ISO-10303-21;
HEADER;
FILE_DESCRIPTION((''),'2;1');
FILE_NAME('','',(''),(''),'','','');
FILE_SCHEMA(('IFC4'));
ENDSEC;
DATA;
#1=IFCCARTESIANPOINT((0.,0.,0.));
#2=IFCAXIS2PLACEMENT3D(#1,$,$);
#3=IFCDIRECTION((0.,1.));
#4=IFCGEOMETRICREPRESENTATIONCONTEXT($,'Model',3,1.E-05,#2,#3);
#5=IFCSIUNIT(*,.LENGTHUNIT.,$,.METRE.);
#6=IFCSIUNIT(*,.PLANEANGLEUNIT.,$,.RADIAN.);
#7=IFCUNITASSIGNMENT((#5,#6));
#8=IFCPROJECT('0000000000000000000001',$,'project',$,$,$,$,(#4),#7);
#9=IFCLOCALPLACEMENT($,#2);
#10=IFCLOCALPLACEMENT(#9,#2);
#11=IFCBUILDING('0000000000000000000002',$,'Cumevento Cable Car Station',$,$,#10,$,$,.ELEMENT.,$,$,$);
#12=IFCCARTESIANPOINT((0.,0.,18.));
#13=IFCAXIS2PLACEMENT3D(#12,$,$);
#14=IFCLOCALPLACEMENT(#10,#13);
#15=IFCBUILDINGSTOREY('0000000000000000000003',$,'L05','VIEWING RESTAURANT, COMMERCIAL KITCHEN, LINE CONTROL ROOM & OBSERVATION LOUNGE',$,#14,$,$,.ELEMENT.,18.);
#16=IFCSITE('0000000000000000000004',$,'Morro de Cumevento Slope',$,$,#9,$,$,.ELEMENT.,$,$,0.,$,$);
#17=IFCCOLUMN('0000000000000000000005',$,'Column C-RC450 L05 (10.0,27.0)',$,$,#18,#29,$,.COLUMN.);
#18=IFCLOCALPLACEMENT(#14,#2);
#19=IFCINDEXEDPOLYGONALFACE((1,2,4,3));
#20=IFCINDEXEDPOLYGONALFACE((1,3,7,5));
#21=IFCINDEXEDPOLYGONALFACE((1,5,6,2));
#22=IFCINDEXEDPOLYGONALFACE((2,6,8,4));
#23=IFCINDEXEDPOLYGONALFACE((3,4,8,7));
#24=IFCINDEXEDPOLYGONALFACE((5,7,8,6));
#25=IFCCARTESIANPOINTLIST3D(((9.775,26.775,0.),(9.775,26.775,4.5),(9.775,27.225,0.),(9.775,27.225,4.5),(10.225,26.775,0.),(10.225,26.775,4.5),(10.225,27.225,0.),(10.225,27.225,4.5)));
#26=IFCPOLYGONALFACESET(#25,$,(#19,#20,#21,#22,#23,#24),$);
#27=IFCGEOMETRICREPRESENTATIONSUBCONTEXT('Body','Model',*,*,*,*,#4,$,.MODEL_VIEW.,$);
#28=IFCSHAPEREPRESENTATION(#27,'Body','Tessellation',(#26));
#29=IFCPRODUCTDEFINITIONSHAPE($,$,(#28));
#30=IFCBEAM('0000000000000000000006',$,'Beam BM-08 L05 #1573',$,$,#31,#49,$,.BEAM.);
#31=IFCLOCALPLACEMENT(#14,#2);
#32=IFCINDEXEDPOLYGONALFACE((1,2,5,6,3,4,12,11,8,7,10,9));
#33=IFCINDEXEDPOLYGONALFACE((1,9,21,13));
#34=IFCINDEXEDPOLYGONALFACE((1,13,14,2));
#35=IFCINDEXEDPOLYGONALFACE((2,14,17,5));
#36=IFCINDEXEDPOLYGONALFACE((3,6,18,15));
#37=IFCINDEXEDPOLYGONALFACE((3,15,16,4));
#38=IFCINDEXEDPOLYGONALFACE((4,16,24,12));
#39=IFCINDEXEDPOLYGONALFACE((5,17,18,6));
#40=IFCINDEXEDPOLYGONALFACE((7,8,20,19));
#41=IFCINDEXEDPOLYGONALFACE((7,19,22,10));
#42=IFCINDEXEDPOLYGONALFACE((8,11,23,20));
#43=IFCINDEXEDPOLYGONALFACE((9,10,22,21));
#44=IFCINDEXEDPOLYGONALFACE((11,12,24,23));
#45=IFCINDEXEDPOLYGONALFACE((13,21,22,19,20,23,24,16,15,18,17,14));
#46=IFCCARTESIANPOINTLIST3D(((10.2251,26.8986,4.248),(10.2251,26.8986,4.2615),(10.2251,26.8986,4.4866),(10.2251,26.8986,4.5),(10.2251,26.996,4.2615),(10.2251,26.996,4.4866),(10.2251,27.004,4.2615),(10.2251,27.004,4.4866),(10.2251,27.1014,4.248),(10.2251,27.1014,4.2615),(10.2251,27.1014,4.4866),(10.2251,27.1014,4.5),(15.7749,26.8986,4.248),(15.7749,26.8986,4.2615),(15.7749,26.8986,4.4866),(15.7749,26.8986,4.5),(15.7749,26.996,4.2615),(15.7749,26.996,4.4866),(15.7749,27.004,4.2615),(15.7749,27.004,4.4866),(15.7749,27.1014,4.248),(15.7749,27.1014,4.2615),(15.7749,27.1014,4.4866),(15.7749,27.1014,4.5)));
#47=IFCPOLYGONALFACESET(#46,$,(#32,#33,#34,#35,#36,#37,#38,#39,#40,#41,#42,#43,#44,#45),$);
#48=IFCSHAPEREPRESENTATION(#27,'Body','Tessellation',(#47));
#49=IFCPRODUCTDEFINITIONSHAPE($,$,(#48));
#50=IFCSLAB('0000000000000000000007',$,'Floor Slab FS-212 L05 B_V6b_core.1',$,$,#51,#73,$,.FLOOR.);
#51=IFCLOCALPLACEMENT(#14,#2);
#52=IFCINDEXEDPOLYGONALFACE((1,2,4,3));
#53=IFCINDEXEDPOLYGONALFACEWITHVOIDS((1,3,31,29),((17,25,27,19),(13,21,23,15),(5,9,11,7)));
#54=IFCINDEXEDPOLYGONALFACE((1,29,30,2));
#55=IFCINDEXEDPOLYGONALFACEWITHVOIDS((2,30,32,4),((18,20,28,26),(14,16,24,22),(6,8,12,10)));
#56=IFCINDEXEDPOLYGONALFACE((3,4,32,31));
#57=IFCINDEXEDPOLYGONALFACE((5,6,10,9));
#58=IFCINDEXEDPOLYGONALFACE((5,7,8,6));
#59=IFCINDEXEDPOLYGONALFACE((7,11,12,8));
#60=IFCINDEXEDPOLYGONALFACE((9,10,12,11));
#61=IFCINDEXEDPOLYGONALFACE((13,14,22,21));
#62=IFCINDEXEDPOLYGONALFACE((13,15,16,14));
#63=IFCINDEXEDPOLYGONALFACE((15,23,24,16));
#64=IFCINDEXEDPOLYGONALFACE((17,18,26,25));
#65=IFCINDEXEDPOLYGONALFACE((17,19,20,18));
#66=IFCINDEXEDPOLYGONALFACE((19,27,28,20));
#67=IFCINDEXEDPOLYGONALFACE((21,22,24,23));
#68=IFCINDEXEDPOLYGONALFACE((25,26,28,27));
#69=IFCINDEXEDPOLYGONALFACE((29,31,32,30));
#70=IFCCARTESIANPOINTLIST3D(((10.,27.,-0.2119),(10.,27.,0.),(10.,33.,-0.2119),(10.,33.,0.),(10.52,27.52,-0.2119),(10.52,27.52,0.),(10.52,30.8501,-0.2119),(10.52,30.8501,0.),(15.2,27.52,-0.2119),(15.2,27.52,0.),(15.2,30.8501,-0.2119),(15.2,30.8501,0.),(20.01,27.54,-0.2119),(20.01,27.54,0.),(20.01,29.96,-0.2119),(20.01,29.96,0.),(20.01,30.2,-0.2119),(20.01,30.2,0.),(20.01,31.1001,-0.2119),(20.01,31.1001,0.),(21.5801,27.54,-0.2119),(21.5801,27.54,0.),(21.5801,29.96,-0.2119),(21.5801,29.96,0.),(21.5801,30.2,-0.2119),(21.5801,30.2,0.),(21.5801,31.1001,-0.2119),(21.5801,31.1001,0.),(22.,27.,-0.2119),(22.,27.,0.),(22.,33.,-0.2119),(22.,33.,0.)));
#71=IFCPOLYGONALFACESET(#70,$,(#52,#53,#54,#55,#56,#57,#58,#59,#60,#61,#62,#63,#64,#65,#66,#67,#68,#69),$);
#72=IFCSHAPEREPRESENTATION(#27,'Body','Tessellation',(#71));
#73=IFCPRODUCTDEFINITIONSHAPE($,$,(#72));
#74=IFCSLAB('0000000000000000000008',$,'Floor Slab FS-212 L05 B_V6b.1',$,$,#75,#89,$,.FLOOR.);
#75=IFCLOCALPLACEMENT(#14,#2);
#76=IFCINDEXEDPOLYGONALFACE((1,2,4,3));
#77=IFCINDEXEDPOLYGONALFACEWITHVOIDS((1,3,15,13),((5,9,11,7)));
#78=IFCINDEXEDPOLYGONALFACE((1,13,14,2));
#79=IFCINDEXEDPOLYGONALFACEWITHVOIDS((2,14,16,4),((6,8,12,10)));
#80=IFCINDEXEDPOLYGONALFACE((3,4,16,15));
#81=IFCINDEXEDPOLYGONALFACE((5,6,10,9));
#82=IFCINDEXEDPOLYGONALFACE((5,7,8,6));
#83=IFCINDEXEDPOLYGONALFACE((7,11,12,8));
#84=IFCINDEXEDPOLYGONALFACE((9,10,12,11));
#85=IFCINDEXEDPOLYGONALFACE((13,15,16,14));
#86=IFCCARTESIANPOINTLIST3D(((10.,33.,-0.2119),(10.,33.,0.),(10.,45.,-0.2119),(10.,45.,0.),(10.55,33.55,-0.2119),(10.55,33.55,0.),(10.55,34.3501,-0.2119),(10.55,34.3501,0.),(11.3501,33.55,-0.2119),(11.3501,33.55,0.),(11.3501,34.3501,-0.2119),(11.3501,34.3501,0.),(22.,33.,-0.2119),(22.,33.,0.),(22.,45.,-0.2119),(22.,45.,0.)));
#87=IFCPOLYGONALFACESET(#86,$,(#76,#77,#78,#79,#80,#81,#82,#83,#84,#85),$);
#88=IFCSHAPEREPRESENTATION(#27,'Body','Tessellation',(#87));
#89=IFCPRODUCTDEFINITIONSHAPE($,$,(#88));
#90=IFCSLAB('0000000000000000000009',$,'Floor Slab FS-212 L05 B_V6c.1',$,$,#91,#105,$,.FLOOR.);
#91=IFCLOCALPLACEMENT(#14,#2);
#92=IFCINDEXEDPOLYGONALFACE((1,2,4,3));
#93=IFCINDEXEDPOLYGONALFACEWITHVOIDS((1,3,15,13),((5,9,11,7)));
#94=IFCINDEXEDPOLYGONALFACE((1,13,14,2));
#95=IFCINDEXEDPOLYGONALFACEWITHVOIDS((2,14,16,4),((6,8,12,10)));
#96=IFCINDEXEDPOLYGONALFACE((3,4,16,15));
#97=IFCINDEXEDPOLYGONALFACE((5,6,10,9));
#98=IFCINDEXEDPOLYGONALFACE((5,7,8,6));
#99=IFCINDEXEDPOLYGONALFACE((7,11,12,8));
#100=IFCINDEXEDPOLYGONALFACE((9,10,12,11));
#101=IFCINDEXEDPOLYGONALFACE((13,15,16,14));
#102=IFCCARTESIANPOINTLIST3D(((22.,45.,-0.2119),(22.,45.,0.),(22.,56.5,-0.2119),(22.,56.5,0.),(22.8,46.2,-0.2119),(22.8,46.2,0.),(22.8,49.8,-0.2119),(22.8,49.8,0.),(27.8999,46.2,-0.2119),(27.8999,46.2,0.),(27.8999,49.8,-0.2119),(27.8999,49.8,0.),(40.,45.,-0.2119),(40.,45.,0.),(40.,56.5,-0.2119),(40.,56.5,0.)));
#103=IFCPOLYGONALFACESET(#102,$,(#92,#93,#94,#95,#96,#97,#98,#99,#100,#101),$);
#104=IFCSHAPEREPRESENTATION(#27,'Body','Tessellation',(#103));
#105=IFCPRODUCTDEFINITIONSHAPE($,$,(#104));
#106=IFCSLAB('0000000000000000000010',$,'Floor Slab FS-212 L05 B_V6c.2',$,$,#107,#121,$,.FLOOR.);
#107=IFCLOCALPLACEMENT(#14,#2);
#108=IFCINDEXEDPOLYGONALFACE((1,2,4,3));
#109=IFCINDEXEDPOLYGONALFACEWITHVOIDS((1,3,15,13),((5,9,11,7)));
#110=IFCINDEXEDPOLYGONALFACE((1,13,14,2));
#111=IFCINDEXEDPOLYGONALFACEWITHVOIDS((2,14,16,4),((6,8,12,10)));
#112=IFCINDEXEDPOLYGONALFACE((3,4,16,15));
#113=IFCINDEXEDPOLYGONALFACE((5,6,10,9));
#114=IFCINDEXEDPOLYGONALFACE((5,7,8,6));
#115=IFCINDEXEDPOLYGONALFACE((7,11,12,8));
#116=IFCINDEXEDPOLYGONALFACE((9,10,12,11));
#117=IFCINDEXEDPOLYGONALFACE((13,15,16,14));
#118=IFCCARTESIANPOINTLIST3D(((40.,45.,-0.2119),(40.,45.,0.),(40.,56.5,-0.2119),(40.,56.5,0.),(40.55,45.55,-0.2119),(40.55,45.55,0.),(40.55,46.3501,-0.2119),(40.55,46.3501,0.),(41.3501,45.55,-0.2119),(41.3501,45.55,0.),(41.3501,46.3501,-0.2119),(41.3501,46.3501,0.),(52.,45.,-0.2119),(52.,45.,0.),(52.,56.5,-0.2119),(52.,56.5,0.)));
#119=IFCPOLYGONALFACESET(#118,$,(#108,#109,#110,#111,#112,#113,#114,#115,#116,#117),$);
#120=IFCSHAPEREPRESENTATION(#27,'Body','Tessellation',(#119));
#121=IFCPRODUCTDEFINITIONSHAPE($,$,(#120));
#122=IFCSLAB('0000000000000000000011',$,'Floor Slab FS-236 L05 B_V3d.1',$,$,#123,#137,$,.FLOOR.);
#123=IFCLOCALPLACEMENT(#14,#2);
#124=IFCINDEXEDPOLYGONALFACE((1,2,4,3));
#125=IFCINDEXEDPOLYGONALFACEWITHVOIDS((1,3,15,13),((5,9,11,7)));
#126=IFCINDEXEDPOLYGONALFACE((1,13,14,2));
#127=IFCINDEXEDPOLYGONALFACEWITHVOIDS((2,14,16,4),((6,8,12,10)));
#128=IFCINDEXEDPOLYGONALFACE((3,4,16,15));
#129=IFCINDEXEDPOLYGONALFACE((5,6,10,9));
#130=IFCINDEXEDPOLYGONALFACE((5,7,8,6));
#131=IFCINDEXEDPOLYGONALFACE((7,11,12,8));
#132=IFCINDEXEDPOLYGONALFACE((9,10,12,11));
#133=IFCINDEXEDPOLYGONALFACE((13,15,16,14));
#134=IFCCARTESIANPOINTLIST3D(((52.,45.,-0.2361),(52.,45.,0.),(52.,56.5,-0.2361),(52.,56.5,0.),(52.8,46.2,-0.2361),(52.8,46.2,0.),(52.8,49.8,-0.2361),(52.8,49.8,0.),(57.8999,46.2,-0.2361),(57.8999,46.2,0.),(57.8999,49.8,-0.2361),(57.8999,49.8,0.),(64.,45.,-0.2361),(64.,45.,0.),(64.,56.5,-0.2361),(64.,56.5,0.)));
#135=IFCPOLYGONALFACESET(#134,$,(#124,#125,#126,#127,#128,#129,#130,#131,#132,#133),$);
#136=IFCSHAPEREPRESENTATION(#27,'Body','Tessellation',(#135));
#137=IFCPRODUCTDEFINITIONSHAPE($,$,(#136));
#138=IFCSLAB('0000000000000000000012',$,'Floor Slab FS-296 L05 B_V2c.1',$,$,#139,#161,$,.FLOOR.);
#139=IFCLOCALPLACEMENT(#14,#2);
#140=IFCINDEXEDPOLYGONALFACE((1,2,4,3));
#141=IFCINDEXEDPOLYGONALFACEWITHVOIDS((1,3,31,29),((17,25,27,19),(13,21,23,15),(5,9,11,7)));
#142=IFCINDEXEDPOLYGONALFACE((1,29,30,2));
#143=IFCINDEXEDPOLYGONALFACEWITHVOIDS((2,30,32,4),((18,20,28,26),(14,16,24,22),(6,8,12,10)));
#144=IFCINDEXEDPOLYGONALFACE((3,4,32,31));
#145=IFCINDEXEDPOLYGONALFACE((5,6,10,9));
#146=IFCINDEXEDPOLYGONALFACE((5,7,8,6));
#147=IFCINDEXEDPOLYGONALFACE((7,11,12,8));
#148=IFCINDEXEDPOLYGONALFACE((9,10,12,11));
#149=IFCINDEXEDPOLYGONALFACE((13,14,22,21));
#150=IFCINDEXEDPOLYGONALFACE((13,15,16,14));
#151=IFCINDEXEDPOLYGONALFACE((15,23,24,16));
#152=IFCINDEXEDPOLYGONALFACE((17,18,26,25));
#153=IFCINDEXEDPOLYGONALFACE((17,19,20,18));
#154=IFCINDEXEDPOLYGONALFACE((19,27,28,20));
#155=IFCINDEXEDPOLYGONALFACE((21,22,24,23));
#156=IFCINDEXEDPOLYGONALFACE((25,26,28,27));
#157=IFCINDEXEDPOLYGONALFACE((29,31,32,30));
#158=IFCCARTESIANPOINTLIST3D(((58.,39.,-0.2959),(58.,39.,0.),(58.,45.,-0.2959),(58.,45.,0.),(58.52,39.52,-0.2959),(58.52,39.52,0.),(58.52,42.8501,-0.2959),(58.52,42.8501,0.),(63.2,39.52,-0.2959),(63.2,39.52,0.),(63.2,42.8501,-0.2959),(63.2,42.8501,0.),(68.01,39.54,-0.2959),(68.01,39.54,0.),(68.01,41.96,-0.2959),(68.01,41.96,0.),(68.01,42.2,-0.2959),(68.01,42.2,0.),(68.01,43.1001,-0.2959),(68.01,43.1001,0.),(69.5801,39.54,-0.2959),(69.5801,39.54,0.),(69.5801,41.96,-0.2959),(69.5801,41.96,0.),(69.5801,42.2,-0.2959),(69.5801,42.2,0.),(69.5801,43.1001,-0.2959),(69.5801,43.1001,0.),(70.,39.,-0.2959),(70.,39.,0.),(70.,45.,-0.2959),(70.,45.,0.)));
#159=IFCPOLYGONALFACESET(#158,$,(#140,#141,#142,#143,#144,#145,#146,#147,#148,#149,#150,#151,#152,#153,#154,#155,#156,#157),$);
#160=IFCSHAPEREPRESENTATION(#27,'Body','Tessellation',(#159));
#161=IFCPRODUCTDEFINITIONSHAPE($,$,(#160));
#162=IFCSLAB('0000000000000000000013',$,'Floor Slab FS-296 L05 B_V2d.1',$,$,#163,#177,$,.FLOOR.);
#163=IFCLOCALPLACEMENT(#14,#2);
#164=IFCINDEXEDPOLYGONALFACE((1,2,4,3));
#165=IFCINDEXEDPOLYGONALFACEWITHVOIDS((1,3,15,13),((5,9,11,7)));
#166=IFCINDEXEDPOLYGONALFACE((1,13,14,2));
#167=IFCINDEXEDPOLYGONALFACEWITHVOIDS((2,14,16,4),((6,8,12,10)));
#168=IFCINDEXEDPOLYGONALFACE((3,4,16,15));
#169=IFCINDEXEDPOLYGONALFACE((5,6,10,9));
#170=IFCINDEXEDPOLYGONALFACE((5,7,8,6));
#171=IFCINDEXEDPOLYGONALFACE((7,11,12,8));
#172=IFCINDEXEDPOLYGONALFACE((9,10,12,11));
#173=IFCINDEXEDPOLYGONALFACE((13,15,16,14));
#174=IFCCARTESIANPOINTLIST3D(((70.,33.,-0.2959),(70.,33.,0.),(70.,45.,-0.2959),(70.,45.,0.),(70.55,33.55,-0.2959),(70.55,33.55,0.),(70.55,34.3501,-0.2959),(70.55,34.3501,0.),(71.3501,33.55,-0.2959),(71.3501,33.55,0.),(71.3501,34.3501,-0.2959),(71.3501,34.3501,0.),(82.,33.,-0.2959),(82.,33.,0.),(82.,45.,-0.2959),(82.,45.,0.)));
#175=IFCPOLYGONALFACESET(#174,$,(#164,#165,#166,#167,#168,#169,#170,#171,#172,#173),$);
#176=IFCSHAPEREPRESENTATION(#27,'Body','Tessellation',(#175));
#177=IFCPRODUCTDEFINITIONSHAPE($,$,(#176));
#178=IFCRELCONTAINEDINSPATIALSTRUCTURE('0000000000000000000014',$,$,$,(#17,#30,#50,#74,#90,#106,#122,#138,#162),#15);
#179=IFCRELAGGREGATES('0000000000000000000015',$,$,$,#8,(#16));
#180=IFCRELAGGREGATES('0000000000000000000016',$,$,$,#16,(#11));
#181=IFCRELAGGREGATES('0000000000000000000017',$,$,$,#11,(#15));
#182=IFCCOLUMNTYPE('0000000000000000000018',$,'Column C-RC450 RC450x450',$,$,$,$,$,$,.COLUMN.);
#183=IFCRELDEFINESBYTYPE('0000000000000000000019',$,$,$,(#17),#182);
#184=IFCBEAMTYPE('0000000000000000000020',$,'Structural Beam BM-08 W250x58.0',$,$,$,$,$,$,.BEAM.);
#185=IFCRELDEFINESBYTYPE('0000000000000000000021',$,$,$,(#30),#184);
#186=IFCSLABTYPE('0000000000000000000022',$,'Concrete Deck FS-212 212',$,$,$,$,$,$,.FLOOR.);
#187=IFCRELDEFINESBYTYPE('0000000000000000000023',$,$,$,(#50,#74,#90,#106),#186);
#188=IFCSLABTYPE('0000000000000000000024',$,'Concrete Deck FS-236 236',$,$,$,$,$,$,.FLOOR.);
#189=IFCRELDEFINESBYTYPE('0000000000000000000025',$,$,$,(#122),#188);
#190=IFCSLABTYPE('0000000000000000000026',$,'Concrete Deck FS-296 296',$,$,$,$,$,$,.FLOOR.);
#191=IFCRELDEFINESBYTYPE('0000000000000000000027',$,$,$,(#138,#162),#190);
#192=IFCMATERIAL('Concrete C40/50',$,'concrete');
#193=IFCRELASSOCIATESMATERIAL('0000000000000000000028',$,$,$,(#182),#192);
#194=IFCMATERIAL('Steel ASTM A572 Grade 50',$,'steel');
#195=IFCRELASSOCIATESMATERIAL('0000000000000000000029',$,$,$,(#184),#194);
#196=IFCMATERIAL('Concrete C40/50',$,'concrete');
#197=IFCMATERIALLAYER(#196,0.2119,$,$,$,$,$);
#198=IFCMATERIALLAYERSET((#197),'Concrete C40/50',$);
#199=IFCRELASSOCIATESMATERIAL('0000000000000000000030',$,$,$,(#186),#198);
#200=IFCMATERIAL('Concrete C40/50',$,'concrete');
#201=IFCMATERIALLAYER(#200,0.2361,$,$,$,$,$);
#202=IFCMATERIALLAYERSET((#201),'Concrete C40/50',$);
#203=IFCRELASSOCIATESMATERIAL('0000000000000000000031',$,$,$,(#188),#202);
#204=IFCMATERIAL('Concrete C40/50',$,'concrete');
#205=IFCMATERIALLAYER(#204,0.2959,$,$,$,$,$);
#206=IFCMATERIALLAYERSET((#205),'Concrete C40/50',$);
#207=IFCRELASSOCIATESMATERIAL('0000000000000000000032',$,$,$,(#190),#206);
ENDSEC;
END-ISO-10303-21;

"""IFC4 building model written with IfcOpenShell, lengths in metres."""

from ifc_helpers import new_model, si_unit, direction, frame, origin, origin_2d, place, context, subcontext, project, spatial, polyline, rectangle, i_section, outline, extrude, material, layer, layer_set, material_profile, profile_set, type_object, element, save


model = new_model("IFC4")

# Units and contexts
model_context = context("Model", 3, precision=1e-05, world=origin(), true_north=direction((0.0, 1.0)))
body_context = subcontext(model_context, "Body", "Model", "MODEL_VIEW")
ifc_project = project(units=[si_unit("LENGTHUNIT", "METRE"), si_unit("PLANEANGLEUNIT", "RADIAN")], contexts=[model_context])

# Site, building, storey
site_placement = place(None, origin())
site = spatial("IfcSite", under=ifc_project, at=site_placement, Name="Morro de Cumevento Slope", CompositionType="ELEMENT", RefElevation=0.0)
building_placement = place(site_placement, origin())
building = spatial("IfcBuilding", under=site, at=building_placement, Name="Cumevento Cable Car Station", CompositionType="ELEMENT")
storey_placement = place(building_placement, frame((0.0, 0.0, 18.0)))
storey = spatial("IfcBuildingStorey", under=building, at=storey_placement, Name="L05", Description="VIEWING RESTAURANT, COMMERCIAL KITCHEN, LINE CONTROL ROOM & OBSERVATION LOUNGE", CompositionType="ELEMENT", Elevation=18.0)

# Column
ifc_material_1 = material(Name="Concrete C40/50", Category="concrete")
ifc_material_profile_1 = material_profile(ifc_material_1, rectangle(XDim=0.45, YDim=0.45, at=origin_2d()), Name="RC450x450")
ifc_profile_set_1 = profile_set([ifc_material_profile_1], Name="Concrete C40/50")
column_type = type_object("IfcColumnType", Name="Column C-RC450 RC450x450", PredefinedType="COLUMN", material=ifc_profile_set_1)
column_placement = place(storey_placement, frame((10.0, 27.0, 0.0), z_axis=(0.0, 0.0, 1.0), x_axis=(1.0, 0.0, 0.0)))
element("IfcColumn", 1, at=column_placement, inside=storey, type_object=column_type, Name="Column C-RC450 L05 (10.0,27.0)", PredefinedType="COLUMN", context=body_context, shape_type="SweptSolid", body=[
    extrude(rectangle(XDim=0.45, YDim=0.45, at=origin_2d()), origin(), (0.0, 0.0, 1.0), 4.5),
])

# Beam
ifc_material_2 = material(Name="Steel ASTM A572 Grade 50", Category="steel")
ifc_material_profile_2 = material_profile(ifc_material_2, i_section(OverallWidth=0.2029, OverallDepth=0.252, WebThickness=0.0081, FlangeThickness=0.0134, at=origin_2d()), Name="W250x58.0")
ifc_profile_set_2 = profile_set([ifc_material_profile_2], Name="Steel ASTM A572 Grade 50")
beam_type = type_object("IfcBeamType", Name="Structural Beam BM-08 W250x58.0", PredefinedType="BEAM", material=ifc_profile_set_2)
beam_placement = place(storey_placement, frame((10.2251, 27.0, 4.374), z_axis=(1.0, 0.0, 0.0), x_axis=(0.0, 1.0, 0.0)))
element("IfcBeam", 2, at=beam_placement, inside=storey, type_object=beam_type, Name="Beam BM-08 L05 #1573", PredefinedType="BEAM", context=body_context, shape_type="SweptSolid", body=[
    extrude(i_section(OverallWidth=0.2029, OverallDepth=0.252, WebThickness=0.0081, FlangeThickness=0.0134, at=origin_2d()), origin(), (0.0, 0.0, 1.0), 5.5498),
])

# Slabs
ifc_material_3 = material(Name="Concrete C40/50", Category="concrete")
ifc_layer_1 = layer(ifc_material_3, 0.2119)
ifc_layer_set_1 = layer_set([ifc_layer_1], Name="Concrete C40/50")
slab_type_1 = type_object("IfcSlabType", Name="Concrete Deck FS-212 212", PredefinedType="FLOOR", material=ifc_layer_set_1)
slab_1_placement = place(storey_placement, frame((0.0, 0.0, -0.2119)))
element("IfcSlab", 3, at=slab_1_placement, inside=storey, type_object=slab_type_1, Name="Floor Slab FS-212 L05 B_V6b_core.1", PredefinedType="FLOOR", context=body_context, shape_type="SweptSolid", body=[
    extrude(outline(polyline([(10.0, 27.0), (22.0, 27.0), (22.0, 33.0), (10.0, 33.0), (10.0, 27.0)]), holes=[polyline([(20.01, 27.54), (21.5801, 27.54), (21.5801, 29.96), (20.01, 29.96), (20.01, 27.54)]), polyline([(10.52, 27.52), (15.2, 27.52), (15.2, 30.8501), (10.52, 30.8501), (10.52, 27.52)]), polyline([(20.01, 30.2), (21.5801, 30.2), (21.5801, 31.1001), (20.01, 31.1001), (20.01, 30.2)])]), origin(), (0.0, 0.0, 1.0), 0.2119),
])
slab_2_placement = place(storey_placement, frame((0.0, 0.0, -0.2119)))
element("IfcSlab", 4, at=slab_2_placement, inside=storey, type_object=slab_type_1, Name="Floor Slab FS-212 L05 B_V6b.1", PredefinedType="FLOOR", context=body_context, shape_type="SweptSolid", body=[
    extrude(outline(polyline([(10.0, 33.0), (22.0, 33.0), (22.0, 45.0), (10.0, 45.0), (10.0, 33.0)]), holes=[polyline([(10.55, 33.55), (11.3501, 33.55), (11.3501, 34.3501), (10.55, 34.3501), (10.55, 33.55)])]), origin(), (0.0, 0.0, 1.0), 0.2119),
])
slab_3_placement = place(storey_placement, frame((0.0, 0.0, -0.2119)))
element("IfcSlab", 5, at=slab_3_placement, inside=storey, type_object=slab_type_1, Name="Floor Slab FS-212 L05 B_V6c.1", PredefinedType="FLOOR", context=body_context, shape_type="SweptSolid", body=[
    extrude(outline(polyline([(22.0, 45.0), (40.0, 45.0), (40.0, 56.5), (22.0, 56.5), (22.0, 45.0)]), holes=[polyline([(22.8, 46.2), (27.8999, 46.2), (27.8999, 49.8), (22.8, 49.8), (22.8, 46.2)])]), origin(), (0.0, 0.0, 1.0), 0.2119),
])
slab_4_placement = place(storey_placement, frame((0.0, 0.0, -0.2119)))
element("IfcSlab", 6, at=slab_4_placement, inside=storey, type_object=slab_type_1, Name="Floor Slab FS-212 L05 B_V6c.2", PredefinedType="FLOOR", context=body_context, shape_type="SweptSolid", body=[
    extrude(outline(polyline([(40.0, 45.0), (52.0, 45.0), (52.0, 56.5), (40.0, 56.5), (40.0, 45.0)]), holes=[polyline([(40.55, 45.55), (41.3501, 45.55), (41.3501, 46.3501), (40.55, 46.3501), (40.55, 45.55)])]), origin(), (0.0, 0.0, 1.0), 0.2119),
])
ifc_material_4 = material(Name="Concrete C40/50", Category="concrete")
ifc_layer_2 = layer(ifc_material_4, 0.2361)
ifc_layer_set_2 = layer_set([ifc_layer_2], Name="Concrete C40/50")
slab_type_2 = type_object("IfcSlabType", Name="Concrete Deck FS-236 236", PredefinedType="FLOOR", material=ifc_layer_set_2)
slab_5_placement = place(storey_placement, frame((0.0, 0.0, -0.2361)))
element("IfcSlab", 7, at=slab_5_placement, inside=storey, type_object=slab_type_2, Name="Floor Slab FS-236 L05 B_V3d.1", PredefinedType="FLOOR", context=body_context, shape_type="SweptSolid", body=[
    extrude(outline(polyline([(52.0, 45.0), (64.0, 45.0), (64.0, 56.5), (52.0, 56.5), (52.0, 45.0)]), holes=[polyline([(52.8, 46.2), (57.8999, 46.2), (57.8999, 49.8), (52.8, 49.8), (52.8, 46.2)])]), origin(), (0.0, 0.0, 1.0), 0.2361),
])
ifc_material_5 = material(Name="Concrete C40/50", Category="concrete")
ifc_layer_3 = layer(ifc_material_5, 0.2959)
ifc_layer_set_3 = layer_set([ifc_layer_3], Name="Concrete C40/50")
slab_type_3 = type_object("IfcSlabType", Name="Concrete Deck FS-296 296", PredefinedType="FLOOR", material=ifc_layer_set_3)
slab_6_placement = place(storey_placement, frame((0.0, 0.0, -0.2959)))
element("IfcSlab", 8, at=slab_6_placement, inside=storey, type_object=slab_type_3, Name="Floor Slab FS-296 L05 B_V2c.1", PredefinedType="FLOOR", context=body_context, shape_type="SweptSolid", body=[
    extrude(outline(polyline([(58.0, 39.0), (70.0, 39.0), (70.0, 45.0), (58.0, 45.0), (58.0, 39.0)]), holes=[polyline([(68.01, 39.54), (69.5801, 39.54), (69.5801, 41.96), (68.01, 41.96), (68.01, 39.54)]), polyline([(58.52, 39.52), (63.2, 39.52), (63.2, 42.8501), (58.52, 42.8501), (58.52, 39.52)]), polyline([(68.01, 42.2), (69.5801, 42.2), (69.5801, 43.1001), (68.01, 43.1001), (68.01, 42.2)])]), origin(), (0.0, 0.0, 1.0), 0.2959),
])
slab_7_placement = place(storey_placement, frame((0.0, 0.0, -0.2959)))
element("IfcSlab", 9, at=slab_7_placement, inside=storey, type_object=slab_type_3, Name="Floor Slab FS-296 L05 B_V2d.1", PredefinedType="FLOOR", context=body_context, shape_type="SweptSolid", body=[
    extrude(outline(polyline([(70.0, 33.0), (82.0, 33.0), (82.0, 45.0), (70.0, 45.0), (70.0, 33.0)]), holes=[polyline([(70.55, 33.55), (71.3501, 33.55), (71.3501, 34.3501), (70.55, 34.3501), (70.55, 33.55)])]), origin(), (0.0, 0.0, 1.0), 0.2959),
])

save(model, "model.ifc")
